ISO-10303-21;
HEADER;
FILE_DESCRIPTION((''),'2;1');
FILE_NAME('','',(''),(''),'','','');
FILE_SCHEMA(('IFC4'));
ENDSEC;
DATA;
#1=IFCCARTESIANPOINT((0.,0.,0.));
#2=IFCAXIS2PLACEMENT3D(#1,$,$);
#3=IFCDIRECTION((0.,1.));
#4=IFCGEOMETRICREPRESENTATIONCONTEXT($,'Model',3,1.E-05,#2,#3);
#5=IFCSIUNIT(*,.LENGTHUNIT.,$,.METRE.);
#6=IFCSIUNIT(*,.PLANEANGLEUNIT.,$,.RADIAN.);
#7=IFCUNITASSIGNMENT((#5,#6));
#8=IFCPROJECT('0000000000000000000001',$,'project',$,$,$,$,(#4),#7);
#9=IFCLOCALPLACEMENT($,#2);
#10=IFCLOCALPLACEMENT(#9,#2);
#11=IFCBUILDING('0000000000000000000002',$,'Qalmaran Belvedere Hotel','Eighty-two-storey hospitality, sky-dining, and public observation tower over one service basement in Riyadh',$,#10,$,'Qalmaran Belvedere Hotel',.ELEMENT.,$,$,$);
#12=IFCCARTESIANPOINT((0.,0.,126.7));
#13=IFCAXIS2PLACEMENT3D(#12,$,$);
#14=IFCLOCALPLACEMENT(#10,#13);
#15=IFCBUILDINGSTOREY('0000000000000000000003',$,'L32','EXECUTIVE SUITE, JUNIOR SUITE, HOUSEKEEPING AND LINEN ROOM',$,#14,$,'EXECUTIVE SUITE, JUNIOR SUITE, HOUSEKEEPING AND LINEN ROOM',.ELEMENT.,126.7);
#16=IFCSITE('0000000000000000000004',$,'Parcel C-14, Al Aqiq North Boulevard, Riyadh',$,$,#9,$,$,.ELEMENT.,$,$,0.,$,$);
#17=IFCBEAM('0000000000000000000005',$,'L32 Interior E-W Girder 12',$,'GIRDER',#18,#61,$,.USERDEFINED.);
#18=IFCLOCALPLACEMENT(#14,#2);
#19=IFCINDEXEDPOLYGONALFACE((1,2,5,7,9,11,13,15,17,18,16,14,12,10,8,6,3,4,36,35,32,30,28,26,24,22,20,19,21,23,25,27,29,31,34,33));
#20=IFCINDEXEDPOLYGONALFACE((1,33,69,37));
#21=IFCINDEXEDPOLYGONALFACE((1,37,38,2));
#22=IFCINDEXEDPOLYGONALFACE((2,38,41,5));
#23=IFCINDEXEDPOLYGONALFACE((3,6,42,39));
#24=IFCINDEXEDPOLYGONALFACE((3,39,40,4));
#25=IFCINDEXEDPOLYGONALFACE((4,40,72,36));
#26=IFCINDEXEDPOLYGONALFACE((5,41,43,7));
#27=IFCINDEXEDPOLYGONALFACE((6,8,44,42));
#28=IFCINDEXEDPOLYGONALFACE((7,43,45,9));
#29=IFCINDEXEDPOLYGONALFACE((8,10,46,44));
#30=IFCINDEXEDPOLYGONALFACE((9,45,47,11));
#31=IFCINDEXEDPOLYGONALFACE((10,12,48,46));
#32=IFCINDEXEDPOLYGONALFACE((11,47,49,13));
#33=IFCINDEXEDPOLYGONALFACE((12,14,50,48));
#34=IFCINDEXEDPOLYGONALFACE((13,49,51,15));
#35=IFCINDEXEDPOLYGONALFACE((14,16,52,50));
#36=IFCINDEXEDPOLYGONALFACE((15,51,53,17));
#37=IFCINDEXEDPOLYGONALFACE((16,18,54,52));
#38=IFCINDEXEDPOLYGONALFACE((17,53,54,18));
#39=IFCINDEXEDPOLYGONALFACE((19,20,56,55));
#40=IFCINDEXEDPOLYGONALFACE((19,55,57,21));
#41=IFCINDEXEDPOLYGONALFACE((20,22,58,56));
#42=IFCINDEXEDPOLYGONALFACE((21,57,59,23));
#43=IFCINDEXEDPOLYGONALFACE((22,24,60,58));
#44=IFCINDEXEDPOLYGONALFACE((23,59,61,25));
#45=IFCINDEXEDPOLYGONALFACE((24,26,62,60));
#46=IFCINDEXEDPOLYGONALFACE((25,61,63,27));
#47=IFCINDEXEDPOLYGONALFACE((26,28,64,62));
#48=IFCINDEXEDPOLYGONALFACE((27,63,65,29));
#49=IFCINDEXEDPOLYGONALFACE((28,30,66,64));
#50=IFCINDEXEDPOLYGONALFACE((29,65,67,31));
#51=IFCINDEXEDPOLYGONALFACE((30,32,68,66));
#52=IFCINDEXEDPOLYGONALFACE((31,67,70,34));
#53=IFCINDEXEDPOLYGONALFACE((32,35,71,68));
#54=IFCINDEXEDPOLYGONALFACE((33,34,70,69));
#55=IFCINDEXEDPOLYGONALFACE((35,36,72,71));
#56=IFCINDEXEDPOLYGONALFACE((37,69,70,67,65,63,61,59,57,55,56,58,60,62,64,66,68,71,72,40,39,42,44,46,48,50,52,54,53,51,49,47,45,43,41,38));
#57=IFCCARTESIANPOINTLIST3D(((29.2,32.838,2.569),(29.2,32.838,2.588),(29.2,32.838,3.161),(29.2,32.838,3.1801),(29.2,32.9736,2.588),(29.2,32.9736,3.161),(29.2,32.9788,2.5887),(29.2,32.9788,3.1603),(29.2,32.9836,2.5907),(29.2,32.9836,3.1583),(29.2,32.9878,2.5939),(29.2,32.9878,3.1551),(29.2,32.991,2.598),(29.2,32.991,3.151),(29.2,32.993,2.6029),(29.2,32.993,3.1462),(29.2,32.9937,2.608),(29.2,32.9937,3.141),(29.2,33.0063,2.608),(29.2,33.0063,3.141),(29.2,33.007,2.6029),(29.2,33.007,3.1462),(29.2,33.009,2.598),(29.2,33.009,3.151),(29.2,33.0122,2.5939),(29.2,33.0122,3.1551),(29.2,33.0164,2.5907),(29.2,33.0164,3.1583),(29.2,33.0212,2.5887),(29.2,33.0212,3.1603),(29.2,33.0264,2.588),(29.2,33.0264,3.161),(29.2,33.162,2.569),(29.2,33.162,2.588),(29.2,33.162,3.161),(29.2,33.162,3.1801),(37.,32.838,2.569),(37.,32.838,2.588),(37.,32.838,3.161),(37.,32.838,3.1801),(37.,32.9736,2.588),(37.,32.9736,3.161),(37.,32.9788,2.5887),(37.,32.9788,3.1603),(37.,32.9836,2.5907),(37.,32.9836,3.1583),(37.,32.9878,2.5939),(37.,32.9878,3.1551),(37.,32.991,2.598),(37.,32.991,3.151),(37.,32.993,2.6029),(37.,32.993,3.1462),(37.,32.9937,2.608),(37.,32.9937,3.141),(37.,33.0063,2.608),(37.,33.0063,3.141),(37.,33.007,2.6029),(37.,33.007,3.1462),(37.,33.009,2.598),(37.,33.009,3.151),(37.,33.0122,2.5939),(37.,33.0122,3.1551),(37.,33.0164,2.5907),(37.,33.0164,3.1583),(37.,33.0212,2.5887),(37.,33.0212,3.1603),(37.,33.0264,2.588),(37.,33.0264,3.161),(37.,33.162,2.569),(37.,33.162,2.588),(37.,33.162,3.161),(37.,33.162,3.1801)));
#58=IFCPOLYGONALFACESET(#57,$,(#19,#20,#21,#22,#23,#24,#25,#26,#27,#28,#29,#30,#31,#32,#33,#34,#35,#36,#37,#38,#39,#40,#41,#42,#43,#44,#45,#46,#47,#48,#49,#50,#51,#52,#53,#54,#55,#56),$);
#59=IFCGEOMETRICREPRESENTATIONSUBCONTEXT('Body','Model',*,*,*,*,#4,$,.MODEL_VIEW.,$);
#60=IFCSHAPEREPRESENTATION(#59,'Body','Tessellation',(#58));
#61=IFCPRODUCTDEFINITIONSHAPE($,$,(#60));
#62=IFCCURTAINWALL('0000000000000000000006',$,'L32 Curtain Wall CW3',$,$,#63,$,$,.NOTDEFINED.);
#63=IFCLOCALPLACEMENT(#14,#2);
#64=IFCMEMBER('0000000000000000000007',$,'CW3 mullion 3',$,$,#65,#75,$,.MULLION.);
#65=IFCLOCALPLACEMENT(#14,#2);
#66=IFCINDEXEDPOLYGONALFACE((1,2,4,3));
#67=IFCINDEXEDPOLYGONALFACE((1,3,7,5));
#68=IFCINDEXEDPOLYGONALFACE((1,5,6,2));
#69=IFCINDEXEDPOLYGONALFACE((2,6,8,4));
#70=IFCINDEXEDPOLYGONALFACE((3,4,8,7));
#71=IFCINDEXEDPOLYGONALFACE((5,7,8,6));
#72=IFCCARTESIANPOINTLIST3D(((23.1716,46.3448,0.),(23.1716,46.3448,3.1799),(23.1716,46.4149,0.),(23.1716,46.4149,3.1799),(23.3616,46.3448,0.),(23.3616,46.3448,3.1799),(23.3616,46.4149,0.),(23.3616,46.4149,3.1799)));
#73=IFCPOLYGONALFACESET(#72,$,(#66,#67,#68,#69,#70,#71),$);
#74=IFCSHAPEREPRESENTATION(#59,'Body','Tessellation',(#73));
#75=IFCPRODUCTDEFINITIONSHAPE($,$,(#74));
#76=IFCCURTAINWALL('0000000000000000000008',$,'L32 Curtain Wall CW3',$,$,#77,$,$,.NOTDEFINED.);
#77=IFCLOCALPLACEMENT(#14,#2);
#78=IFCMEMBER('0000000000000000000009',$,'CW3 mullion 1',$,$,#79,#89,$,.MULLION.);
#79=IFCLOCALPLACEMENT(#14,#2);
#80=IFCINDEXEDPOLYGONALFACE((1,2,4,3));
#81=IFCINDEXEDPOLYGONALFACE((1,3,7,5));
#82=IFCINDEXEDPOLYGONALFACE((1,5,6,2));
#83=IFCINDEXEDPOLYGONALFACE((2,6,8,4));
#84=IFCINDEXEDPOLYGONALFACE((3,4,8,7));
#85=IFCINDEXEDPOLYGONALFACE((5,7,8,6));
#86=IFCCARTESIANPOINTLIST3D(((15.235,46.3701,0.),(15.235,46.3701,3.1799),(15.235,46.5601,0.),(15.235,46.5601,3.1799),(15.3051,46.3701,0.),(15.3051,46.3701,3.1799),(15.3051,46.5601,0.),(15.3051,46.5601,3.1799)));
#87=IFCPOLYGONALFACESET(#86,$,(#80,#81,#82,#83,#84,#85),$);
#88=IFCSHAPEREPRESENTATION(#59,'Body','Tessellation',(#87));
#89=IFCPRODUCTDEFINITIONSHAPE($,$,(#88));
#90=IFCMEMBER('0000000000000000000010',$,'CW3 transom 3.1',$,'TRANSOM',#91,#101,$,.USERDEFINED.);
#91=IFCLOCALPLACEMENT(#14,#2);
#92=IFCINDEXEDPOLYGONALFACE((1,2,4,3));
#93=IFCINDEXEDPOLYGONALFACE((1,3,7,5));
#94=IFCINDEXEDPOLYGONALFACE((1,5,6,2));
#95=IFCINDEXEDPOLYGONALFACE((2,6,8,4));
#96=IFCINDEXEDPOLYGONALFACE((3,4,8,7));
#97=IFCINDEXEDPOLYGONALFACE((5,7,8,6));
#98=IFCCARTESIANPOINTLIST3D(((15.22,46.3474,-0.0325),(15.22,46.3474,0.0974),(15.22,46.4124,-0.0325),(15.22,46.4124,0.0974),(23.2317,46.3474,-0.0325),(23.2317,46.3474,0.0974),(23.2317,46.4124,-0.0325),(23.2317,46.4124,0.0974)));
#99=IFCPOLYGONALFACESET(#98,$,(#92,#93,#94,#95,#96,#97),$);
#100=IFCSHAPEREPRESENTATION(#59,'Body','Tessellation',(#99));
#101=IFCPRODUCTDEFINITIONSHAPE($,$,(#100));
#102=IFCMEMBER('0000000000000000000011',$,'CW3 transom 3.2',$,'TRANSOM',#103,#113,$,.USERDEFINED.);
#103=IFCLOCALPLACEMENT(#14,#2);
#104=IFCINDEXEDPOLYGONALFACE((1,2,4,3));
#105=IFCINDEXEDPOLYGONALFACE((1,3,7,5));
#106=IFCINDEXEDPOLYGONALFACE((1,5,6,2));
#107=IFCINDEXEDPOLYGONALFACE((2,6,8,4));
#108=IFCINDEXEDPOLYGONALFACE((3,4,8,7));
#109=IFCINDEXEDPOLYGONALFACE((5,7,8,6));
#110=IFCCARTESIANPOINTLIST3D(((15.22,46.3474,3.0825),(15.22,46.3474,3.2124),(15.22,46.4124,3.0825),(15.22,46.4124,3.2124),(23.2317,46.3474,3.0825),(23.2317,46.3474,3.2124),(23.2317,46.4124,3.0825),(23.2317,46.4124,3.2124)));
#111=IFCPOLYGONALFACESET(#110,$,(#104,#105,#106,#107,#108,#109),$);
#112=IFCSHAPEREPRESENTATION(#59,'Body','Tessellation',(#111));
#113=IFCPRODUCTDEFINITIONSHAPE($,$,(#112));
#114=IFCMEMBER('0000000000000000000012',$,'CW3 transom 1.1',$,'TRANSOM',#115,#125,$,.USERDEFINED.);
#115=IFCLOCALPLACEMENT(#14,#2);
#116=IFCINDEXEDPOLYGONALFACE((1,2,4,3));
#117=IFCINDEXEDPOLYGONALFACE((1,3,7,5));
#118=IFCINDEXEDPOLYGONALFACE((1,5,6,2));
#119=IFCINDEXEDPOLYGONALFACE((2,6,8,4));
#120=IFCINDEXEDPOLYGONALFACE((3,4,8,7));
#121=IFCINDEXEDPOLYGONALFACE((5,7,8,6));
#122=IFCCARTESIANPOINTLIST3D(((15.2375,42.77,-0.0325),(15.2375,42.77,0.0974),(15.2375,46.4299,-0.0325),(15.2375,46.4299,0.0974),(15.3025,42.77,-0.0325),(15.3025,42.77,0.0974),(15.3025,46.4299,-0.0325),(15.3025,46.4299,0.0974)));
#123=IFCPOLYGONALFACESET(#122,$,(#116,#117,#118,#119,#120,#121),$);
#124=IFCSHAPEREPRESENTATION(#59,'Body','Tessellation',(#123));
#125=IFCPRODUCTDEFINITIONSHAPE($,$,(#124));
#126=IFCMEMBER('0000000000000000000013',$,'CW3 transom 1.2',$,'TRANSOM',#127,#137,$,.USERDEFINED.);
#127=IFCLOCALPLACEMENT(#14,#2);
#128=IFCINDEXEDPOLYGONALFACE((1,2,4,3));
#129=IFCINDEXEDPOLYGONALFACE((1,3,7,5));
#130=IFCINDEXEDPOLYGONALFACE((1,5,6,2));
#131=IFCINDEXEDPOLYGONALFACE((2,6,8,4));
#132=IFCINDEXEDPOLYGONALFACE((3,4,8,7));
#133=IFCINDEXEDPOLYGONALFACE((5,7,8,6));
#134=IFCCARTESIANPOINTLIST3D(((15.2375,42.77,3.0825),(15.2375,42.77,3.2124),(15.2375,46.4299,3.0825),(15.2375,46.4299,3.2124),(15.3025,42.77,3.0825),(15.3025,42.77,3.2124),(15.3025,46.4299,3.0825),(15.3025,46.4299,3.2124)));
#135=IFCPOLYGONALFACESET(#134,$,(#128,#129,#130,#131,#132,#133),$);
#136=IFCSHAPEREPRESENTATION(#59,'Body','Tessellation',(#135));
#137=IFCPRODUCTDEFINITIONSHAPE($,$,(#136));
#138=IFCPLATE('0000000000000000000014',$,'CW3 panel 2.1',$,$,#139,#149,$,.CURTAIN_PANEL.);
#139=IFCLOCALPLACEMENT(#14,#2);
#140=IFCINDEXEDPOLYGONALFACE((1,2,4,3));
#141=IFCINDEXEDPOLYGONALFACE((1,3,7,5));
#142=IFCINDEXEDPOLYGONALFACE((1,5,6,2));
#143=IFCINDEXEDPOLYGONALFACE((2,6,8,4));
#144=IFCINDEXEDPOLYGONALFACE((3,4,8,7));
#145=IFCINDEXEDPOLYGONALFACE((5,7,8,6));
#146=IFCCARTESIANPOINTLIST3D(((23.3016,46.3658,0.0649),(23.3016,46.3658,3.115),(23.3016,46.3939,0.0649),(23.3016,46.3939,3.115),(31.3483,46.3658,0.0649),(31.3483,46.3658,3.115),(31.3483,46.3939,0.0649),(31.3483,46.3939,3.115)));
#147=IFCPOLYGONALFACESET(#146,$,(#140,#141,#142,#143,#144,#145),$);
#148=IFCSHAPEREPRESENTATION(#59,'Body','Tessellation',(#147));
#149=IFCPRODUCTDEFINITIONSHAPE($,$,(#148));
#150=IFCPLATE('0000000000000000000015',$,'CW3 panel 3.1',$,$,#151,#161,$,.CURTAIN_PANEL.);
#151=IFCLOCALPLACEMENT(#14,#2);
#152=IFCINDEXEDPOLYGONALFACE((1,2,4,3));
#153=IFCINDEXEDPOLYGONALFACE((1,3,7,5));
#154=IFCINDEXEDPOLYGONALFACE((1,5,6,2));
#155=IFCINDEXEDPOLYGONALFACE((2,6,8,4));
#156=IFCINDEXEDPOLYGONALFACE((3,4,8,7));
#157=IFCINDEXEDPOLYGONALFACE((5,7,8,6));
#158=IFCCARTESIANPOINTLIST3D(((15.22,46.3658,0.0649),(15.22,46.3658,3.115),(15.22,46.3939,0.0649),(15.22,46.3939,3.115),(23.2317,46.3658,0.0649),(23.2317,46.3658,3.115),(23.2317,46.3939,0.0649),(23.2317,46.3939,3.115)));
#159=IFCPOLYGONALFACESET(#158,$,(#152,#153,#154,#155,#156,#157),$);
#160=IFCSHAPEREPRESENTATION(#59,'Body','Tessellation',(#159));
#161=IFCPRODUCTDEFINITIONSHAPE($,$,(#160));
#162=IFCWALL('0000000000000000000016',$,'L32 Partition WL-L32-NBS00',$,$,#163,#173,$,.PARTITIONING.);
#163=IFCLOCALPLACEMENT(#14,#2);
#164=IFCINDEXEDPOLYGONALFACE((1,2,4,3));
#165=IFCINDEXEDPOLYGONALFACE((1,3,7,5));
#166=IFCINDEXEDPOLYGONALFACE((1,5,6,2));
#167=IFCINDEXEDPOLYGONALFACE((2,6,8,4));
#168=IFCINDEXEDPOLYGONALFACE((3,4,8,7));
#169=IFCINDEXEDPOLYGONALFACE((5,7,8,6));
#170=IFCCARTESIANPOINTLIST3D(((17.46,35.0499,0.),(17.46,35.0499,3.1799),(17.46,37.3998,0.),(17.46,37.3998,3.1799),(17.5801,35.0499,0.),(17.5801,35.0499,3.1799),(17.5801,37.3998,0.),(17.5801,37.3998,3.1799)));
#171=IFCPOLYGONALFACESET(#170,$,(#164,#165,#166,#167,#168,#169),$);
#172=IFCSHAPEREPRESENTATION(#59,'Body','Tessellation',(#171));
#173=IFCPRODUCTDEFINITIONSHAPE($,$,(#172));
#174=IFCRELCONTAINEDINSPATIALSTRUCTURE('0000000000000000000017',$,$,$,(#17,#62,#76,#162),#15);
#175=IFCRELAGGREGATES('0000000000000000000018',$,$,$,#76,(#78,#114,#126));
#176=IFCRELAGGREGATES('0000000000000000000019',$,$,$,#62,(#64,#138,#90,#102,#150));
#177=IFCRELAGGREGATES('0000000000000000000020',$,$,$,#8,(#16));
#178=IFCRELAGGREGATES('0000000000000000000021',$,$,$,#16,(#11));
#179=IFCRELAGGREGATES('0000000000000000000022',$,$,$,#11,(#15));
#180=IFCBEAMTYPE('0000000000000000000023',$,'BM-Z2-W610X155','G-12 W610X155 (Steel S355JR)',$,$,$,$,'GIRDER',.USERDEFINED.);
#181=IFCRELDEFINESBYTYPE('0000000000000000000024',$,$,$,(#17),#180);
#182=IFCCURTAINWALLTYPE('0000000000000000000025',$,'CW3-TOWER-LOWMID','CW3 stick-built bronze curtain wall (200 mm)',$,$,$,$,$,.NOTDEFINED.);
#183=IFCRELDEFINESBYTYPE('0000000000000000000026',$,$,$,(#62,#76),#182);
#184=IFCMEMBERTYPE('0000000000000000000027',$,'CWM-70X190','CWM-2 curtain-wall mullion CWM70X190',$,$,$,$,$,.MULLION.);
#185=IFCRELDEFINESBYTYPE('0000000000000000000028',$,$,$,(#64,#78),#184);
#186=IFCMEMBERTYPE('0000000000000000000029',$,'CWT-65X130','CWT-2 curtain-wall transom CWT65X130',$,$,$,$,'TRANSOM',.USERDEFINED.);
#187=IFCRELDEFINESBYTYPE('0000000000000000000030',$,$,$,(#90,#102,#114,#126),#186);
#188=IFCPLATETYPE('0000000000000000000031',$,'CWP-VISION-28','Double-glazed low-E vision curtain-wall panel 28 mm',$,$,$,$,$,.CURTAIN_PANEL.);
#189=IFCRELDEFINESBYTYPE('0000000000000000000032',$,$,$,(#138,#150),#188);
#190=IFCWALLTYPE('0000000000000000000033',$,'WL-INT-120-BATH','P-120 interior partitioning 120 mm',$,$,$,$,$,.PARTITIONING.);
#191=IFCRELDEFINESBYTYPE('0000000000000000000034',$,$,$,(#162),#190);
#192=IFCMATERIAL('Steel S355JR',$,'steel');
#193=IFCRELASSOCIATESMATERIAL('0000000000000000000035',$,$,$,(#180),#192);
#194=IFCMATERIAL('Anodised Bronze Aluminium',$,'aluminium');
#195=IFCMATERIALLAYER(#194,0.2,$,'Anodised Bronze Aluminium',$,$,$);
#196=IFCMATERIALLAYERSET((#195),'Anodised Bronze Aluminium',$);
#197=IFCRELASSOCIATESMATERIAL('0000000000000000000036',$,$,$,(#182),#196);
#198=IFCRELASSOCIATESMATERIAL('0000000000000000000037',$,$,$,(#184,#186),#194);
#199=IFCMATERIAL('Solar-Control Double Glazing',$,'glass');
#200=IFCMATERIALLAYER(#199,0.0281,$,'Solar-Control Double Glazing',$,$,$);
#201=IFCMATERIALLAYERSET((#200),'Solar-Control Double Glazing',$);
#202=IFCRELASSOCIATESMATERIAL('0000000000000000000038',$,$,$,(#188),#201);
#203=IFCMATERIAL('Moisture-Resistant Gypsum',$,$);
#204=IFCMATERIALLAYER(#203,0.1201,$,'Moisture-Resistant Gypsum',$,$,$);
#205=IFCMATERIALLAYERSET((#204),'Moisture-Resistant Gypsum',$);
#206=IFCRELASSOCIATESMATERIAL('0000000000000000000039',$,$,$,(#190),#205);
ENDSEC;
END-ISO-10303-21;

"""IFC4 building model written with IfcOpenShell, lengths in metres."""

from ifc_helpers import new_model, si_unit, direction, frame, frame_2d, origin, origin_2d, place, context, subcontext, project, spatial, rectangle, i_section, extrude, material, layer, layer_set, material_profile, profile_set, type_object, element, aggregate, save


model = new_model("IFC4")

# Units and contexts
model_context = context("Model", 3, precision=1e-05, world=origin(), true_north=direction((0.0, 1.0)))
body_context = subcontext(model_context, "Body", "Model", "MODEL_VIEW")
ifc_project = project(units=[si_unit("LENGTHUNIT", "METRE"), si_unit("PLANEANGLEUNIT", "RADIAN")], contexts=[model_context])

# Site, building, storey
site_placement = place(None, origin())
site = spatial("IfcSite", under=ifc_project, at=site_placement, Name="Parcel C-14, Al Aqiq North Boulevard, Riyadh", CompositionType="ELEMENT", RefElevation=0.0)
building_placement = place(site_placement, origin())
building = spatial("IfcBuilding", under=site, at=building_placement, Name="Qalmaran Belvedere Hotel", Description="Eighty-two-storey hospitality, sky-dining, and public observation tower over one service basement in Riyadh", LongName="Qalmaran Belvedere Hotel", CompositionType="ELEMENT")
storey_placement = place(building_placement, frame((0.0, 0.0, 126.7)))
storey = spatial("IfcBuildingStorey", under=building, at=storey_placement, Name="L32", Description="EXECUTIVE SUITE, JUNIOR SUITE, HOUSEKEEPING AND LINEN ROOM", LongName="EXECUTIVE SUITE, JUNIOR SUITE, HOUSEKEEPING AND LINEN ROOM", CompositionType="ELEMENT", Elevation=126.7)

# Beam
ifc_material_1 = material(Name="Steel S355JR", Category="steel")
ifc_material_profile_1 = material_profile(ifc_material_1, i_section(OverallWidth=0.324, OverallDepth=0.6111, WebThickness=0.0127, FlangeThickness=0.019, FilletRadius=0.02, at=origin_2d()), Name="W610X155")
ifc_profile_set_1 = profile_set([ifc_material_profile_1], Name="Steel S355JR")
beam_type_1 = type_object("IfcBeamType", Name="BM-Z2-W610X155", Description="G-12 W610X155 (Steel S355JR)", ElementType="GIRDER", PredefinedType="USERDEFINED", material=ifc_profile_set_1)
beam_1_placement = place(storey_placement, frame((29.2, 33.0, 2.8745), z_axis=(1.0, 0.0, 0.0), x_axis=(0.0, 1.0, 0.0)))
element("IfcBeam", 1, at=beam_1_placement, inside=storey, type_object=beam_type_1, Name="L32 Interior E-W Girder 12", ObjectType="GIRDER", PredefinedType="USERDEFINED", context=body_context, shape_type="SweptSolid", body=[
    extrude(i_section(OverallWidth=0.324, OverallDepth=0.6111, WebThickness=0.0127, FlangeThickness=0.019, FilletRadius=0.02, at=origin_2d()), origin(), (0.0, 0.0, 1.0), 7.8),
])

# Curtain walls, members
ifc_material_2 = material(Name="Anodised Bronze Aluminium", Category="aluminium")
ifc_layer_1 = layer(ifc_material_2, 0.2, Name="Anodised Bronze Aluminium")
ifc_layer_set_1 = layer_set([ifc_layer_1], Name="Anodised Bronze Aluminium")
curtain_wall_type = type_object("IfcCurtainWallType", Name="CW3-TOWER-LOWMID", Description="CW3 stick-built bronze curtain wall (200 mm)", PredefinedType="NOTDEFINED", material=ifc_layer_set_1)
curtain_wall_1_placement = place(storey_placement, origin())
curtain_wall_1 = element("IfcCurtainWall", 2, at=curtain_wall_1_placement, inside=storey, type_object=curtain_wall_type, Name="L32 Curtain Wall CW3", PredefinedType="NOTDEFINED")
ifc_material_profile_2 = material_profile(ifc_material_2, rectangle(XDim=0.0701, YDim=0.1899, at=origin_2d()), Name="CWM70X190")
ifc_profile_set_2 = profile_set([ifc_material_profile_2], Name="Anodised Bronze Aluminium")
member_type_1 = type_object("IfcMemberType", Name="CWM-70X190", Description="CWM-2 curtain-wall mullion CWM70X190", PredefinedType="MULLION", material=ifc_profile_set_2)
member_1_placement = place(storey_placement, frame((23.2666, 46.3799, 0.0), z_axis=(0.0, 0.0, 1.0), x_axis=(0.0, -1.0, 0.0)))
member_1 = element("IfcMember", 3, at=member_1_placement, type_object=member_type_1, Name="CW3 mullion 3", PredefinedType="MULLION", context=body_context, shape_type="SweptSolid", body=[
    extrude(rectangle(XDim=0.0701, YDim=0.1899, at=origin_2d()), origin(), (0.0, 0.0, 1.0), 3.1799),
])
curtain_wall_2_placement = place(storey_placement, origin())
curtain_wall_2 = element("IfcCurtainWall", 4, at=curtain_wall_2_placement, inside=storey, type_object=curtain_wall_type, Name="L32 Curtain Wall CW3", PredefinedType="NOTDEFINED")
member_2_placement = place(storey_placement, frame((15.27, 46.4651, 0.0), z_axis=(0.0, 0.0, 1.0), x_axis=(1.0, 0.0, 0.0)))
member_2 = element("IfcMember", 5, at=member_2_placement, type_object=member_type_1, Name="CW3 mullion 1", PredefinedType="MULLION", context=body_context, shape_type="SweptSolid", body=[
    extrude(rectangle(XDim=0.0701, YDim=0.1899, at=origin_2d()), origin(), (0.0, 0.0, 1.0), 3.1799),
])

# Members
ifc_material_profile_3 = material_profile(ifc_material_2, rectangle(XDim=0.0649, YDim=0.1299, at=origin_2d()), Name="CWT65X130")
ifc_profile_set_3 = profile_set([ifc_material_profile_3], Name="Anodised Bronze Aluminium")
member_type_2 = type_object("IfcMemberType", Name="CWT-65X130", Description="CWT-2 curtain-wall transom CWT65X130", ElementType="TRANSOM", PredefinedType="USERDEFINED", material=ifc_profile_set_3)
member_3_placement = place(storey_placement, frame((23.2317, 46.3799, 0.0325), z_axis=(-1.0, 0.0, 0.0), x_axis=(0.0, -1.0, 0.0)))
member_3 = element("IfcMember", 6, at=member_3_placement, type_object=member_type_2, Name="CW3 transom 3.1", ObjectType="TRANSOM", PredefinedType="USERDEFINED", context=body_context, shape_type="SweptSolid", body=[
    extrude(rectangle(XDim=0.0649, YDim=0.1299, at=origin_2d()), origin(), (0.0, 0.0, 1.0), 8.0117),
])
member_4_placement = place(storey_placement, frame((23.2317, 46.3799, 3.1475), z_axis=(-1.0, 0.0, 0.0), x_axis=(0.0, -1.0, 0.0)))
member_4 = element("IfcMember", 7, at=member_4_placement, type_object=member_type_2, Name="CW3 transom 3.2", ObjectType="TRANSOM", PredefinedType="USERDEFINED", context=body_context, shape_type="SweptSolid", body=[
    extrude(rectangle(XDim=0.0649, YDim=0.1299, at=origin_2d()), origin(), (0.0, 0.0, 1.0), 8.0117),
])
member_5_placement = place(storey_placement, frame((15.27, 46.4299, 0.0325), z_axis=(0.0, -1.0, 0.0), x_axis=(1.0, 0.0, 0.0)))
member_5 = element("IfcMember", 8, at=member_5_placement, type_object=member_type_2, Name="CW3 transom 1.1", ObjectType="TRANSOM", PredefinedType="USERDEFINED", context=body_context, shape_type="SweptSolid", body=[
    extrude(rectangle(XDim=0.0649, YDim=0.1299, at=origin_2d()), origin(), (0.0, 0.0, 1.0), 3.6599),
])
member_6_placement = place(storey_placement, frame((15.27, 46.4299, 3.1475), z_axis=(0.0, -1.0, 0.0), x_axis=(1.0, 0.0, 0.0)))
member_6 = element("IfcMember", 9, at=member_6_placement, type_object=member_type_2, Name="CW3 transom 1.2", ObjectType="TRANSOM", PredefinedType="USERDEFINED", context=body_context, shape_type="SweptSolid", body=[
    extrude(rectangle(XDim=0.0649, YDim=0.1299, at=origin_2d()), origin(), (0.0, 0.0, 1.0), 3.6599),
])
aggregate(curtain_wall_2, [member_2, member_5, member_6])

# Plates
ifc_material_3 = material(Name="Solar-Control Double Glazing", Category="glass")
ifc_layer_2 = layer(ifc_material_3, 0.0281, Name="Solar-Control Double Glazing")
ifc_layer_set_2 = layer_set([ifc_layer_2], Name="Solar-Control Double Glazing")
plate_type = type_object("IfcPlateType", Name="CWP-VISION-28", Description="Double-glazed low-E vision curtain-wall panel 28 mm", PredefinedType="CURTAIN_PANEL", material=ifc_layer_set_2)
plate_1_placement = place(storey_placement, frame((27.325, 46.3799, 0.0649), z_axis=(0.0, 0.0, 1.0), x_axis=(-1.0, 0.0, 0.0)))
plate_1 = element("IfcPlate", 10, at=plate_1_placement, type_object=plate_type, Name="CW3 panel 2.1", PredefinedType="CURTAIN_PANEL", context=body_context, shape_type="SweptSolid", body=[
    extrude(rectangle(XDim=8.0466, YDim=0.0281, at=origin_2d()), origin(), (0.0, 0.0, 1.0), 3.05),
])
plate_2_placement = place(storey_placement, frame((19.2258, 46.3799, 0.0649), z_axis=(0.0, 0.0, 1.0), x_axis=(-1.0, 0.0, 0.0)))
plate_2 = element("IfcPlate", 11, at=plate_2_placement, type_object=plate_type, Name="CW3 panel 3.1", PredefinedType="CURTAIN_PANEL", context=body_context, shape_type="SweptSolid", body=[
    extrude(rectangle(XDim=8.0117, YDim=0.0281, at=origin_2d()), origin(), (0.0, 0.0, 1.0), 3.05),
])
aggregate(curtain_wall_1, [member_1, plate_1, member_3, member_4, plate_2])

# Wall
ifc_material_4 = material(Name="Moisture-Resistant Gypsum")
ifc_layer_3 = layer(ifc_material_4, 0.1201, Name="Moisture-Resistant Gypsum")
ifc_layer_set_3 = layer_set([ifc_layer_3], Name="Moisture-Resistant Gypsum")
wall_type_1 = type_object("IfcWallType", Name="WL-INT-120-BATH", Description="P-120 interior partitioning 120 mm", PredefinedType="PARTITIONING", material=ifc_layer_set_3)
wall_1_placement = place(storey_placement, frame((17.52, 35.05, 0.0), z_axis=(0.0, 0.0, 1.0), x_axis=(0.0, 1.0, 0.0)))
element("IfcWall", 12, at=wall_1_placement, inside=storey, type_object=wall_type_1, Name="L32 Partition WL-L32-NBS00", PredefinedType="PARTITIONING", context=body_context, shape_type="SweptSolid", body=[
    extrude(rectangle(XDim=2.3499, YDim=0.1201, at=frame_2d((1.1748, 0.0))), origin(), (0.0, 0.0, 1.0), 3.1799),
])

save(model, "model.ifc")
